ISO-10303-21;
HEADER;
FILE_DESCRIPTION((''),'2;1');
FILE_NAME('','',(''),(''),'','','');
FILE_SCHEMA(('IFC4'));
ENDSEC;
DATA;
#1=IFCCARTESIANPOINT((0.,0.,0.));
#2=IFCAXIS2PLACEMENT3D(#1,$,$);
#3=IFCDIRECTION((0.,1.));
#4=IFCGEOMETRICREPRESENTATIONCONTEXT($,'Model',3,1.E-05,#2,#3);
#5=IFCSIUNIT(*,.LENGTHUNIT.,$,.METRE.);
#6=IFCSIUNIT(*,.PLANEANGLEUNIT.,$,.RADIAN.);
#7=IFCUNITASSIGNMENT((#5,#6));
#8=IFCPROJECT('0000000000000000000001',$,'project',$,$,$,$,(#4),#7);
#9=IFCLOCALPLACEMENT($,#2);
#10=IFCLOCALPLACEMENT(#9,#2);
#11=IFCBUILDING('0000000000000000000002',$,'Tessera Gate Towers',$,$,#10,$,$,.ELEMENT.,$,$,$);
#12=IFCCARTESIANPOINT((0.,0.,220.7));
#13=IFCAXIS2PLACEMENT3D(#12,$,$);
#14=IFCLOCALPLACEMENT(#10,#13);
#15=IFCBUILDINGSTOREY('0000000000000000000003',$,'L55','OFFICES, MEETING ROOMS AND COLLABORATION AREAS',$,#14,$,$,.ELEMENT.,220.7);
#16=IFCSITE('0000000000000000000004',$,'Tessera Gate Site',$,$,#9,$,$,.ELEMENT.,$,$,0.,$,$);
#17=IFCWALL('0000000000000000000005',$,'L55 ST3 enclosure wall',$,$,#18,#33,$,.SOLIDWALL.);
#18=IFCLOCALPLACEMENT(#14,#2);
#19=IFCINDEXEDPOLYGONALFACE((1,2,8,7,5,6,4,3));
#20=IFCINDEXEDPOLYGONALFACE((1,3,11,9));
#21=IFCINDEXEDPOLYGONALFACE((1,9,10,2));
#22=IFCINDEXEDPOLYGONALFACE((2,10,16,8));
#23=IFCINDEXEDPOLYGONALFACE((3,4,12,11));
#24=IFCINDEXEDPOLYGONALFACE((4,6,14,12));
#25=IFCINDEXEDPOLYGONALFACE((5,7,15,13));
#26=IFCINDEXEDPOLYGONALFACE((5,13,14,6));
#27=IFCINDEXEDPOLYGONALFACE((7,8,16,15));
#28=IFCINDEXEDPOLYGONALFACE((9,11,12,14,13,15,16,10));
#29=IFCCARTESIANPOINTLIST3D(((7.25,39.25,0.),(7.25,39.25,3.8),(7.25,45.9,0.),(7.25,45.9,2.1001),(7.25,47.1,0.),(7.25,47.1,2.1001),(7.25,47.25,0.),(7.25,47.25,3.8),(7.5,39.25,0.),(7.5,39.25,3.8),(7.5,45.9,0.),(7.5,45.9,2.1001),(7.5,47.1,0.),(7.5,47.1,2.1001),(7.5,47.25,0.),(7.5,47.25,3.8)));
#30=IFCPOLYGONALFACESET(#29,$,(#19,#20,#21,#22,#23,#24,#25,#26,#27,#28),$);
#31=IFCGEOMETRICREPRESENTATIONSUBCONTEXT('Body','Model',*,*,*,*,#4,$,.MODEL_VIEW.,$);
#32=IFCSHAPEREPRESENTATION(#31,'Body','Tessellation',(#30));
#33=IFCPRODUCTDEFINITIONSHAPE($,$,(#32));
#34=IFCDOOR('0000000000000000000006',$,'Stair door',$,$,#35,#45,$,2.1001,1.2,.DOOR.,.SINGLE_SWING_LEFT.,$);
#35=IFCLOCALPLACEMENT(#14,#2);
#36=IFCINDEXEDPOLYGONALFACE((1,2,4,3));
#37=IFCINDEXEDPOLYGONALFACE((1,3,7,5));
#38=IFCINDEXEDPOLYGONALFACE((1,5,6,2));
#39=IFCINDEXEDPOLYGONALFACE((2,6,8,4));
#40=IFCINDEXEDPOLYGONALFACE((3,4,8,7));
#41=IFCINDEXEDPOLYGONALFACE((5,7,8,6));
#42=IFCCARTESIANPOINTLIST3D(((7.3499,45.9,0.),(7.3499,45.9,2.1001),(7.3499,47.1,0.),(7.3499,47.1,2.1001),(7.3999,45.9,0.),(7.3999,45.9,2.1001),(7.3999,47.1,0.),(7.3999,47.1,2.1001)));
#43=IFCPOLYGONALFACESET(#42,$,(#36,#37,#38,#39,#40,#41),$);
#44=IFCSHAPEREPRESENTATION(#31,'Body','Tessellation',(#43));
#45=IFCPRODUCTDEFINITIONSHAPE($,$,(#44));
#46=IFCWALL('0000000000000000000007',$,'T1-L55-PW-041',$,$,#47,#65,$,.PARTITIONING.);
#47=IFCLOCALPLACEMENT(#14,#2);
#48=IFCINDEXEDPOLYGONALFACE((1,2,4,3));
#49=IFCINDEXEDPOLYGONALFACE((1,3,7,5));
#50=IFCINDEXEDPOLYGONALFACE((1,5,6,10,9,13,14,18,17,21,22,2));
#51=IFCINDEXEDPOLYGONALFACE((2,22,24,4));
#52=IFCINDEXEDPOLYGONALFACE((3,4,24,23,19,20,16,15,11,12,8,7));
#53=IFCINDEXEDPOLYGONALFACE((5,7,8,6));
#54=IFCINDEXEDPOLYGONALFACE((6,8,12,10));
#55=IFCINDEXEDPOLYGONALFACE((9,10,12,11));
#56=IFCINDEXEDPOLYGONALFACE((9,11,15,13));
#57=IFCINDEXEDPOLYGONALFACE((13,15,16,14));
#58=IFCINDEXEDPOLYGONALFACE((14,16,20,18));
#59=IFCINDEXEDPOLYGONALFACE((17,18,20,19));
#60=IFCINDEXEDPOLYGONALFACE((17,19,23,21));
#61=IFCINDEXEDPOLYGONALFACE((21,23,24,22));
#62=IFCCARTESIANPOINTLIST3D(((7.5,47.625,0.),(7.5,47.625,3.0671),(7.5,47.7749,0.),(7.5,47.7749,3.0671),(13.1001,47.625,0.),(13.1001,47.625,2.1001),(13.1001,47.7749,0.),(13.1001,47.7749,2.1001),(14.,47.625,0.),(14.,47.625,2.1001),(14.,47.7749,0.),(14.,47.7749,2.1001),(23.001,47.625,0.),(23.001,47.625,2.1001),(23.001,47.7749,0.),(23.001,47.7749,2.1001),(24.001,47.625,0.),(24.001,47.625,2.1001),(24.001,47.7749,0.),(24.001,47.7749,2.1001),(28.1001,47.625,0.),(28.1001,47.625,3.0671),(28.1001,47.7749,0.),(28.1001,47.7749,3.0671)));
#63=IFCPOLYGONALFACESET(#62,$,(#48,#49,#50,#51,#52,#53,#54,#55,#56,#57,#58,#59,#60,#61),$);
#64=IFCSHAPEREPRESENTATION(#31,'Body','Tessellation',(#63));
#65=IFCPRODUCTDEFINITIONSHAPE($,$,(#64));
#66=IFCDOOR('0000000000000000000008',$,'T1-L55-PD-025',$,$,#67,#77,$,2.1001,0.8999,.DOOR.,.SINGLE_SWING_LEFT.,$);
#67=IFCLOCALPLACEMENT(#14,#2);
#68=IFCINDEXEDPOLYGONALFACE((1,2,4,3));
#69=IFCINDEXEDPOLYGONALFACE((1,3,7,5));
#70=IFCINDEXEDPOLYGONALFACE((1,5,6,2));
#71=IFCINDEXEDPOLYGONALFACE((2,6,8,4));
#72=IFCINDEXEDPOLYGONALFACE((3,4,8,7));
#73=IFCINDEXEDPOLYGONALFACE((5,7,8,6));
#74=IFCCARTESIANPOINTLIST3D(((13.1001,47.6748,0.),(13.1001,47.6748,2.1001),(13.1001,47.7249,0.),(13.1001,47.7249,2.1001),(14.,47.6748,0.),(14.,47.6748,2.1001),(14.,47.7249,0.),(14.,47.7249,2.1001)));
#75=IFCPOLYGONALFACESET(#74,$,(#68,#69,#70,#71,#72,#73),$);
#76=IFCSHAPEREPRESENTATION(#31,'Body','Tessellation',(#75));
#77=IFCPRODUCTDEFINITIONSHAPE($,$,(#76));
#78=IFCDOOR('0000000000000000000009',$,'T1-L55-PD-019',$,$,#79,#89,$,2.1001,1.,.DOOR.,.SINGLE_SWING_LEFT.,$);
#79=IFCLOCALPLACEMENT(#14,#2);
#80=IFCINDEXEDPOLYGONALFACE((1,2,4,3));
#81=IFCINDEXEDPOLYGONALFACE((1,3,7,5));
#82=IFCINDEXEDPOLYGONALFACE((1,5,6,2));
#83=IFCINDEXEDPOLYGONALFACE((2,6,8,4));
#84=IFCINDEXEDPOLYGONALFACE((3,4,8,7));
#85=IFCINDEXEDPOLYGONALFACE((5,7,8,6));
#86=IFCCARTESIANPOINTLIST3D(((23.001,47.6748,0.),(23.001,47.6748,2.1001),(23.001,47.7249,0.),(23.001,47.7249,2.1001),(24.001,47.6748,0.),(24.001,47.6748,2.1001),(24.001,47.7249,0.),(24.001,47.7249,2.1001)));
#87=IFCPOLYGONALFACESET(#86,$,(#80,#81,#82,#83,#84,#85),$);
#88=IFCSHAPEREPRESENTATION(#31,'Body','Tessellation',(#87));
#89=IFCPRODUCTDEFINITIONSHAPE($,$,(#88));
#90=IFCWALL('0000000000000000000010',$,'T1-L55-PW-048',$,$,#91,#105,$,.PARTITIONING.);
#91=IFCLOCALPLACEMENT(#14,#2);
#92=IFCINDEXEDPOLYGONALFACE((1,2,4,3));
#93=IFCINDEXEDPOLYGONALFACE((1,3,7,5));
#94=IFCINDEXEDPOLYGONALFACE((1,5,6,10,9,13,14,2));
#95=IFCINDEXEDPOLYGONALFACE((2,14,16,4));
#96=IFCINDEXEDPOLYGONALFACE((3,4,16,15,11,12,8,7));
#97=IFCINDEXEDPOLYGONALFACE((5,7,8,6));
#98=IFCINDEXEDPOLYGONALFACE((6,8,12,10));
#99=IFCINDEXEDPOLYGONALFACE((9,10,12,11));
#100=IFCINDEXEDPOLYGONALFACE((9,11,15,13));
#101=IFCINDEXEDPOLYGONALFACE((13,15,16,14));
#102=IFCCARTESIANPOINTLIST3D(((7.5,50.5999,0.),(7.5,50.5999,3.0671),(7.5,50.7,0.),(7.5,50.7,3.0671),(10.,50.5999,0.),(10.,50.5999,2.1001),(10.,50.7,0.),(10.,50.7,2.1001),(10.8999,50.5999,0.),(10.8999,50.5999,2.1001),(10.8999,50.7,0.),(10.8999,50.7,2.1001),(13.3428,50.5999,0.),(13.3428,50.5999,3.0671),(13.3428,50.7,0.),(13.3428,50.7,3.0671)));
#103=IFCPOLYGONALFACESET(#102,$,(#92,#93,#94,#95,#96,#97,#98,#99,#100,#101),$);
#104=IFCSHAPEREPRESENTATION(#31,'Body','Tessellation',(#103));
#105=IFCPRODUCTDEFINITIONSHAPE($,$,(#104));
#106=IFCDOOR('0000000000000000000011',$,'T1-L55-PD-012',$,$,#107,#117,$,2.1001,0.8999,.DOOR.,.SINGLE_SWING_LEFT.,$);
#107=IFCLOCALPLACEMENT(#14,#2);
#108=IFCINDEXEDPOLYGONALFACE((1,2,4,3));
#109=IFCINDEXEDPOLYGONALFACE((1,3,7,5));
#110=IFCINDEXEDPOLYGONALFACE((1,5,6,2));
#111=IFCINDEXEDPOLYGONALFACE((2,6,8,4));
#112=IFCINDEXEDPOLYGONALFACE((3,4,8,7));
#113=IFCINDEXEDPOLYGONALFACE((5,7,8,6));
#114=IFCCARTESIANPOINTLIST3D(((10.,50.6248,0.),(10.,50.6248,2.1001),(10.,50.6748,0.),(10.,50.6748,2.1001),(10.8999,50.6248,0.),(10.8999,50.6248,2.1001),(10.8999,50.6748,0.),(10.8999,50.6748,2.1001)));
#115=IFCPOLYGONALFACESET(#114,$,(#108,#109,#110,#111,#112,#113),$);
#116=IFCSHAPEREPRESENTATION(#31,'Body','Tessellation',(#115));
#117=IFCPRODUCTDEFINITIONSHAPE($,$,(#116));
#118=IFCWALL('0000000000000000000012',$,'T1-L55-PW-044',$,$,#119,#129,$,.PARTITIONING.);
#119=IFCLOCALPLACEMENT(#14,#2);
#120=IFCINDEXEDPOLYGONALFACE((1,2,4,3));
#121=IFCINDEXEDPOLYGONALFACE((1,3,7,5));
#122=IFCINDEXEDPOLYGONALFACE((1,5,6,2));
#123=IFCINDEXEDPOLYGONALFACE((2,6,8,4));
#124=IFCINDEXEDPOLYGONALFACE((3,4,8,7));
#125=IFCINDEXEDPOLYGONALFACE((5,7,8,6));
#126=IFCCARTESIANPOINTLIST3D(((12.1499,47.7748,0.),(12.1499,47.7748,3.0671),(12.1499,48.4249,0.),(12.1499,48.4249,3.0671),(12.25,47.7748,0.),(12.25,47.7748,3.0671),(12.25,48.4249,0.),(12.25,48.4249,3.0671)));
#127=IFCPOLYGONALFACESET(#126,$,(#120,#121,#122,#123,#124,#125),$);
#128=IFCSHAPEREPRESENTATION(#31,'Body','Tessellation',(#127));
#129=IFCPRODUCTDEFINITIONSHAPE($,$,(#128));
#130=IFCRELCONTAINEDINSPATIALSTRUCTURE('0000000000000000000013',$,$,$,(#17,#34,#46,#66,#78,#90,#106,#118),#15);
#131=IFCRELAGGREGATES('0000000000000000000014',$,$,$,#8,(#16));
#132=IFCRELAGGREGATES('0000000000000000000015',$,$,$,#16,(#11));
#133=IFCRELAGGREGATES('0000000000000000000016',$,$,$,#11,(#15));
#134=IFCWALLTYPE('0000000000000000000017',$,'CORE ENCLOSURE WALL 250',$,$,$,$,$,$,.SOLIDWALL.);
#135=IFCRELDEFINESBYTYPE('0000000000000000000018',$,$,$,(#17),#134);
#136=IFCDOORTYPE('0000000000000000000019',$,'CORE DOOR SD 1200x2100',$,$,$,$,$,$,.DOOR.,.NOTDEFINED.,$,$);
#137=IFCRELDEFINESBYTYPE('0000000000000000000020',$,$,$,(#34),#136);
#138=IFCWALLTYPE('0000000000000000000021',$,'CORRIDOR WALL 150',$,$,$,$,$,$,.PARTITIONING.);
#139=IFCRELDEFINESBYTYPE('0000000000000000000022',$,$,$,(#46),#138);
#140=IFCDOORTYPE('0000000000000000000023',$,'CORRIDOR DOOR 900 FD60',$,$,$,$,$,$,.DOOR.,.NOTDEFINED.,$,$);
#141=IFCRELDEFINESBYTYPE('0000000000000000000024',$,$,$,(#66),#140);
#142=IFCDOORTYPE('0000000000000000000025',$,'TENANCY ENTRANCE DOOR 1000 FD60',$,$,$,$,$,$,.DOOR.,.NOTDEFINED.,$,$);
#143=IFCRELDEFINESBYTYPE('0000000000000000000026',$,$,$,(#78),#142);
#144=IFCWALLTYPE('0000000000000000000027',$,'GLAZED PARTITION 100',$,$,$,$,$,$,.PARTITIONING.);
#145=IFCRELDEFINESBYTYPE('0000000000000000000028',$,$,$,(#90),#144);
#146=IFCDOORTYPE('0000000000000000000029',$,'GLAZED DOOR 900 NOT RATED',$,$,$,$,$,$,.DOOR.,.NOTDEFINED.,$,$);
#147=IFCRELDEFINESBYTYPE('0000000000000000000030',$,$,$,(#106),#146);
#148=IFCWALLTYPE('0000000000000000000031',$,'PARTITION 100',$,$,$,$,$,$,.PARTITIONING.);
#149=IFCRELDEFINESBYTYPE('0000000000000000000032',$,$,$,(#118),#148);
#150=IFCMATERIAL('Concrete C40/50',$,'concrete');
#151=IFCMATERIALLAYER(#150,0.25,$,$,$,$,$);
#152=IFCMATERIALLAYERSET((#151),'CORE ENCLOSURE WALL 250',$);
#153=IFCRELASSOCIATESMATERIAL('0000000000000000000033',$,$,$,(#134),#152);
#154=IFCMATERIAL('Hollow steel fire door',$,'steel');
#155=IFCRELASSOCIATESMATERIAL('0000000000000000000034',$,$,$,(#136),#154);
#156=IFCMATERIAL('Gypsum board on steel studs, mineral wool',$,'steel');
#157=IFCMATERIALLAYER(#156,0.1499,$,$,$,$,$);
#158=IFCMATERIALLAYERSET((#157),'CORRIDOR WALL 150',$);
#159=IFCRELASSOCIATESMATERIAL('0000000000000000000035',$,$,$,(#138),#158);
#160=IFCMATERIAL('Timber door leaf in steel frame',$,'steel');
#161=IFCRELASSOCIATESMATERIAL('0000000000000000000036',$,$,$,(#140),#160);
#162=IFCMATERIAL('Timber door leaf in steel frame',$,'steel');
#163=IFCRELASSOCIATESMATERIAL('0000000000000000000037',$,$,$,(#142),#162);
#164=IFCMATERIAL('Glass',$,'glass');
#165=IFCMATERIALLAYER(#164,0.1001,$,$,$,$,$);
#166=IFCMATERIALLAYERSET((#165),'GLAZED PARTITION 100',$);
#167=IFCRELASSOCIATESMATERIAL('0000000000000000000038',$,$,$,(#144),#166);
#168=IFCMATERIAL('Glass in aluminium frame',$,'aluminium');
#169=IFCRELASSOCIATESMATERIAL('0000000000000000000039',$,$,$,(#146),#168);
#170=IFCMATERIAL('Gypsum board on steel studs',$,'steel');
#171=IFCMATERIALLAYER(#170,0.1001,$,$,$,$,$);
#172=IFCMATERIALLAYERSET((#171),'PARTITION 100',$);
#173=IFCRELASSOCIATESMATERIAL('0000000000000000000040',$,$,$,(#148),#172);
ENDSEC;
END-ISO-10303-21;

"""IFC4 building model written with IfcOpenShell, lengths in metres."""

from ifc_helpers import new_model, si_unit, direction, frame, frame_2d, origin, place, context, subcontext, project, spatial, rectangle, extrude, source, transform, mapped, material, layer, layer_set, type_object, element, fill, save


model = new_model("IFC4")

# Units and contexts
model_context = context("Model", 3, precision=1e-05, world=origin(), true_north=direction((0.0, 1.0)))
body_context = subcontext(model_context, "Body", "Model", "MODEL_VIEW")
ifc_project = project(units=[si_unit("LENGTHUNIT", "METRE"), si_unit("PLANEANGLEUNIT", "RADIAN")], contexts=[model_context])

# Site, building, storey
site_placement = place(None, origin())
site = spatial("IfcSite", under=ifc_project, at=site_placement, Name="Tessera Gate Site", CompositionType="ELEMENT", RefElevation=0.0)
building_placement = place(site_placement, origin())
building = spatial("IfcBuilding", under=site, at=building_placement, Name="Tessera Gate Towers", CompositionType="ELEMENT")
storey_placement = place(building_placement, frame((0.0, 0.0, 220.7)))
storey = spatial("IfcBuildingStorey", under=building, at=storey_placement, Name="L55", Description="OFFICES, MEETING ROOMS AND COLLABORATION AREAS", CompositionType="ELEMENT", Elevation=220.7)

# Shared definitions
ifc_material_1 = material(Name="Concrete C40/50", Category="concrete")
ifc_layer_1 = layer(ifc_material_1, 0.25)
ifc_layer_set_1 = layer_set([ifc_layer_1], Name="CORE ENCLOSURE WALL 250")
wall_type_1 = type_object("IfcWallType", Name="CORE ENCLOSURE WALL 250", PredefinedType="SOLIDWALL", material=ifc_layer_set_1)

# Wall, opening, door
wall_1_placement = place(storey_placement, frame((7.375, 47.25, 0.0), z_axis=(0.0, 0.0, 1.0), x_axis=(0.0, -1.0, 0.0)))
wall_1 = element("IfcWall", 1, at=wall_1_placement, inside=storey, type_object=wall_type_1, Name="L55 ST3 enclosure wall", PredefinedType="SOLIDWALL", context=body_context, shape_type="SweptSolid", body=[
    extrude(rectangle(XDim=8.0, YDim=0.25, at=frame_2d((4.0, 0.0))), origin(), (0.0, 0.0, 1.0), 3.8),
])
shared_shape_1 = source(origin(), body_context, "Body", "SweptSolid", [
    extrude(rectangle(XDim=1.2, YDim=2.1001, at=frame_2d((0.6001, 1.05))), frame((0.0, 0.135, 0.0), z_axis=(0.0, -1.0, 0.0), x_axis=(1.0, 0.0, 0.0)), (0.0, 0.0, 1.0), 0.27),
])
opening_1_placement = place(wall_1_placement, frame((0.1499, 0.0, 0.0)))
opening_1 = element("IfcOpeningElement", 2, at=opening_1_placement, cuts=wall_1, PredefinedType="OPENING", context=body_context, shape_type="MappedRepresentation", body=[
    mapped(shared_shape_1, transform((0.0, 0.0, 0.0), scale=1.0)),
])
ifc_material_2 = material(Name="Hollow steel fire door", Category="steel")
door_type_1 = type_object("IfcDoorType", Name="CORE DOOR SD 1200x2100", OperationType="NOTDEFINED", PredefinedType="DOOR", material=ifc_material_2)
shared_shape_2 = source(origin(), body_context, "Body", "SweptSolid", [
    extrude(rectangle(XDim=1.2, YDim=2.1001, at=frame_2d((0.6001, 1.05))), frame((0.0, 0.0249, 0.0), z_axis=(0.0, -1.0, 0.0), x_axis=(1.0, 0.0, 0.0)), (0.0, 0.0, 1.0), 0.05),
])
door_1_placement = place(opening_1_placement, origin())
door_1 = element("IfcDoor", 3, at=door_1_placement, inside=storey, type_object=door_type_1, Name="Stair door", OperationType="SINGLE_SWING_LEFT", OverallHeight=2.1001, OverallWidth=1.2, PredefinedType="DOOR", context=body_context, shape_type="MappedRepresentation", body=[
    mapped(shared_shape_2, transform((0.0, 0.0, 0.0), scale=1.0)),
])
fill(opening_1, door_1)

# Wall, openings, doors
ifc_material_3 = material(Name="Gypsum board on steel studs, mineral wool", Category="steel")
ifc_layer_2 = layer(ifc_material_3, 0.1499)
ifc_layer_set_2 = layer_set([ifc_layer_2], Name="CORRIDOR WALL 150")
wall_type_2 = type_object("IfcWallType", Name="CORRIDOR WALL 150", PredefinedType="PARTITIONING", material=ifc_layer_set_2)
wall_2_placement = place(storey_placement, frame((7.5, 47.7, 0.0), z_axis=(0.0, 0.0, 1.0), x_axis=(1.0, 0.0, 0.0)))
wall_2 = element("IfcWall", 4, at=wall_2_placement, inside=storey, type_object=wall_type_2, Name="T1-L55-PW-041", PredefinedType="PARTITIONING", context=body_context, shape_type="SweptSolid", body=[
    extrude(rectangle(XDim=20.6001, YDim=0.1499, at=frame_2d((10.3, 0.0))), origin(), (0.0, 0.0, 1.0), 3.0671),
])
shared_shape_3 = source(origin(), body_context, "Body", "SweptSolid", [
    extrude(rectangle(XDim=1.0, YDim=2.1001, at=frame_2d((0.5, 1.05))), frame((0.0, 0.085, 0.0), z_axis=(0.0, -1.0, 0.0), x_axis=(1.0, 0.0, 0.0)), (0.0, 0.0, 1.0), 0.1699),
])
opening_2_placement = place(wall_2_placement, frame((15.501, 0.0, 0.0)))
opening_2 = element("IfcOpeningElement", 5, at=opening_2_placement, cuts=wall_2, PredefinedType="OPENING", context=body_context, shape_type="MappedRepresentation", body=[
    mapped(shared_shape_3, transform((0.0, 0.0, 0.0), scale=1.0)),
])
shared_shape_4 = source(origin(), body_context, "Body", "SweptSolid", [
    extrude(rectangle(XDim=0.8999, YDim=2.1001, at=frame_2d((0.45, 1.05))), frame((0.0, 0.085, 0.0), z_axis=(0.0, -1.0, 0.0), x_axis=(1.0, 0.0, 0.0)), (0.0, 0.0, 1.0), 0.1699),
])
opening_3_placement = place(wall_2_placement, frame((5.6001, 0.0, 0.0)))
opening_3 = element("IfcOpeningElement", 6, at=opening_3_placement, cuts=wall_2, PredefinedType="OPENING", context=body_context, shape_type="MappedRepresentation", body=[
    mapped(shared_shape_4, transform((0.0, 0.0, 0.0), scale=1.0)),
])
ifc_material_4 = material(Name="Timber door leaf in steel frame", Category="steel")
door_type_2 = type_object("IfcDoorType", Name="CORRIDOR DOOR 900 FD60", OperationType="NOTDEFINED", PredefinedType="DOOR", material=ifc_material_4)
shared_shape_5 = source(origin(), body_context, "Body", "SweptSolid", [
    extrude(rectangle(XDim=0.8999, YDim=2.1001, at=frame_2d((0.45, 1.05))), frame((0.0, 0.0249, 0.0), z_axis=(0.0, -1.0, 0.0), x_axis=(1.0, 0.0, 0.0)), (0.0, 0.0, 1.0), 0.05),
])
door_2_placement = place(opening_3_placement, origin())
door_2 = element("IfcDoor", 7, at=door_2_placement, inside=storey, type_object=door_type_2, Name="T1-L55-PD-025", OperationType="SINGLE_SWING_LEFT", OverallHeight=2.1001, OverallWidth=0.8999, PredefinedType="DOOR", context=body_context, shape_type="MappedRepresentation", body=[
    mapped(shared_shape_5, transform((0.0, 0.0, 0.0), scale=1.0)),
])
fill(opening_3, door_2)
ifc_material_5 = material(Name="Timber door leaf in steel frame", Category="steel")
door_type_3 = type_object("IfcDoorType", Name="TENANCY ENTRANCE DOOR 1000 FD60", OperationType="NOTDEFINED", PredefinedType="DOOR", material=ifc_material_5)
shared_shape_6 = source(origin(), body_context, "Body", "SweptSolid", [
    extrude(rectangle(XDim=1.0, YDim=2.1001, at=frame_2d((0.5, 1.05))), frame((0.0, 0.0249, 0.0), z_axis=(0.0, -1.0, 0.0), x_axis=(1.0, 0.0, 0.0)), (0.0, 0.0, 1.0), 0.05),
])
door_3_placement = place(opening_2_placement, origin())
door_3 = element("IfcDoor", 8, at=door_3_placement, inside=storey, type_object=door_type_3, Name="T1-L55-PD-019", OperationType="SINGLE_SWING_LEFT", OverallHeight=2.1001, OverallWidth=1.0, PredefinedType="DOOR", context=body_context, shape_type="MappedRepresentation", body=[
    mapped(shared_shape_6, transform((0.0, 0.0, 0.0), scale=1.0)),
])
fill(opening_2, door_3)

# Wall, opening, door
ifc_material_6 = material(Name="Glass", Category="glass")
ifc_layer_3 = layer(ifc_material_6, 0.1001)
ifc_layer_set_3 = layer_set([ifc_layer_3], Name="GLAZED PARTITION 100")
wall_type_3 = type_object("IfcWallType", Name="GLAZED PARTITION 100", PredefinedType="PARTITIONING", material=ifc_layer_set_3)
wall_3_placement = place(storey_placement, frame((7.5, 50.6499, 0.0), z_axis=(0.0, 0.0, 1.0), x_axis=(1.0, 0.0, 0.0)))
wall_3 = element("IfcWall", 9, at=wall_3_placement, inside=storey, type_object=wall_type_3, Name="T1-L55-PW-048", PredefinedType="PARTITIONING", context=body_context, shape_type="SweptSolid", body=[
    extrude(rectangle(XDim=5.8428, YDim=0.1001, at=frame_2d((2.9214, 0.0))), origin(), (0.0, 0.0, 1.0), 3.0671),
])
shared_shape_7 = source(origin(), body_context, "Body", "SweptSolid", [
    extrude(rectangle(XDim=0.8999, YDim=2.1001, at=frame_2d((0.45, 1.05))), frame((0.0, 0.0601, 0.0), z_axis=(0.0, -1.0, 0.0), x_axis=(1.0, 0.0, 0.0)), (0.0, 0.0, 1.0), 0.1201),
])
opening_4_placement = place(wall_3_placement, frame((2.5, 0.0, 0.0)))
opening_4 = element("IfcOpeningElement", 10, at=opening_4_placement, cuts=wall_3, PredefinedType="OPENING", context=body_context, shape_type="MappedRepresentation", body=[
    mapped(shared_shape_7, transform((0.0, 0.0, 0.0), scale=1.0)),
])
ifc_material_7 = material(Name="Glass in aluminium frame", Category="aluminium")
door_type_4 = type_object("IfcDoorType", Name="GLAZED DOOR 900 NOT RATED", OperationType="NOTDEFINED", PredefinedType="DOOR", material=ifc_material_7)
door_4_placement = place(opening_4_placement, origin())
door_4 = element("IfcDoor", 11, at=door_4_placement, inside=storey, type_object=door_type_4, Name="T1-L55-PD-012", OperationType="SINGLE_SWING_LEFT", OverallHeight=2.1001, OverallWidth=0.8999, PredefinedType="DOOR", context=body_context, shape_type="MappedRepresentation", body=[
    mapped(shared_shape_5, transform((0.0, 0.0, 0.0), scale=1.0)),
])
fill(opening_4, door_4)

# Wall
ifc_material_8 = material(Name="Gypsum board on steel studs", Category="steel")
ifc_layer_4 = layer(ifc_material_8, 0.1001)
ifc_layer_set_4 = layer_set([ifc_layer_4], Name="PARTITION 100")
wall_type_4 = type_object("IfcWallType", Name="PARTITION 100", PredefinedType="PARTITIONING", material=ifc_layer_set_4)
wall_4_placement = place(storey_placement, frame((12.2, 48.425, 0.0), z_axis=(0.0, 0.0, 1.0), x_axis=(0.0, -1.0, 0.0)))
element("IfcWall", 12, at=wall_4_placement, inside=storey, type_object=wall_type_4, Name="T1-L55-PW-044", PredefinedType="PARTITIONING", context=body_context, shape_type="SweptSolid", body=[
    extrude(rectangle(XDim=0.6501, YDim=0.1001, at=frame_2d((0.3252, 0.0))), origin(), (0.0, 0.0, 1.0), 3.0671),
])

save(model, "model.ifc")
